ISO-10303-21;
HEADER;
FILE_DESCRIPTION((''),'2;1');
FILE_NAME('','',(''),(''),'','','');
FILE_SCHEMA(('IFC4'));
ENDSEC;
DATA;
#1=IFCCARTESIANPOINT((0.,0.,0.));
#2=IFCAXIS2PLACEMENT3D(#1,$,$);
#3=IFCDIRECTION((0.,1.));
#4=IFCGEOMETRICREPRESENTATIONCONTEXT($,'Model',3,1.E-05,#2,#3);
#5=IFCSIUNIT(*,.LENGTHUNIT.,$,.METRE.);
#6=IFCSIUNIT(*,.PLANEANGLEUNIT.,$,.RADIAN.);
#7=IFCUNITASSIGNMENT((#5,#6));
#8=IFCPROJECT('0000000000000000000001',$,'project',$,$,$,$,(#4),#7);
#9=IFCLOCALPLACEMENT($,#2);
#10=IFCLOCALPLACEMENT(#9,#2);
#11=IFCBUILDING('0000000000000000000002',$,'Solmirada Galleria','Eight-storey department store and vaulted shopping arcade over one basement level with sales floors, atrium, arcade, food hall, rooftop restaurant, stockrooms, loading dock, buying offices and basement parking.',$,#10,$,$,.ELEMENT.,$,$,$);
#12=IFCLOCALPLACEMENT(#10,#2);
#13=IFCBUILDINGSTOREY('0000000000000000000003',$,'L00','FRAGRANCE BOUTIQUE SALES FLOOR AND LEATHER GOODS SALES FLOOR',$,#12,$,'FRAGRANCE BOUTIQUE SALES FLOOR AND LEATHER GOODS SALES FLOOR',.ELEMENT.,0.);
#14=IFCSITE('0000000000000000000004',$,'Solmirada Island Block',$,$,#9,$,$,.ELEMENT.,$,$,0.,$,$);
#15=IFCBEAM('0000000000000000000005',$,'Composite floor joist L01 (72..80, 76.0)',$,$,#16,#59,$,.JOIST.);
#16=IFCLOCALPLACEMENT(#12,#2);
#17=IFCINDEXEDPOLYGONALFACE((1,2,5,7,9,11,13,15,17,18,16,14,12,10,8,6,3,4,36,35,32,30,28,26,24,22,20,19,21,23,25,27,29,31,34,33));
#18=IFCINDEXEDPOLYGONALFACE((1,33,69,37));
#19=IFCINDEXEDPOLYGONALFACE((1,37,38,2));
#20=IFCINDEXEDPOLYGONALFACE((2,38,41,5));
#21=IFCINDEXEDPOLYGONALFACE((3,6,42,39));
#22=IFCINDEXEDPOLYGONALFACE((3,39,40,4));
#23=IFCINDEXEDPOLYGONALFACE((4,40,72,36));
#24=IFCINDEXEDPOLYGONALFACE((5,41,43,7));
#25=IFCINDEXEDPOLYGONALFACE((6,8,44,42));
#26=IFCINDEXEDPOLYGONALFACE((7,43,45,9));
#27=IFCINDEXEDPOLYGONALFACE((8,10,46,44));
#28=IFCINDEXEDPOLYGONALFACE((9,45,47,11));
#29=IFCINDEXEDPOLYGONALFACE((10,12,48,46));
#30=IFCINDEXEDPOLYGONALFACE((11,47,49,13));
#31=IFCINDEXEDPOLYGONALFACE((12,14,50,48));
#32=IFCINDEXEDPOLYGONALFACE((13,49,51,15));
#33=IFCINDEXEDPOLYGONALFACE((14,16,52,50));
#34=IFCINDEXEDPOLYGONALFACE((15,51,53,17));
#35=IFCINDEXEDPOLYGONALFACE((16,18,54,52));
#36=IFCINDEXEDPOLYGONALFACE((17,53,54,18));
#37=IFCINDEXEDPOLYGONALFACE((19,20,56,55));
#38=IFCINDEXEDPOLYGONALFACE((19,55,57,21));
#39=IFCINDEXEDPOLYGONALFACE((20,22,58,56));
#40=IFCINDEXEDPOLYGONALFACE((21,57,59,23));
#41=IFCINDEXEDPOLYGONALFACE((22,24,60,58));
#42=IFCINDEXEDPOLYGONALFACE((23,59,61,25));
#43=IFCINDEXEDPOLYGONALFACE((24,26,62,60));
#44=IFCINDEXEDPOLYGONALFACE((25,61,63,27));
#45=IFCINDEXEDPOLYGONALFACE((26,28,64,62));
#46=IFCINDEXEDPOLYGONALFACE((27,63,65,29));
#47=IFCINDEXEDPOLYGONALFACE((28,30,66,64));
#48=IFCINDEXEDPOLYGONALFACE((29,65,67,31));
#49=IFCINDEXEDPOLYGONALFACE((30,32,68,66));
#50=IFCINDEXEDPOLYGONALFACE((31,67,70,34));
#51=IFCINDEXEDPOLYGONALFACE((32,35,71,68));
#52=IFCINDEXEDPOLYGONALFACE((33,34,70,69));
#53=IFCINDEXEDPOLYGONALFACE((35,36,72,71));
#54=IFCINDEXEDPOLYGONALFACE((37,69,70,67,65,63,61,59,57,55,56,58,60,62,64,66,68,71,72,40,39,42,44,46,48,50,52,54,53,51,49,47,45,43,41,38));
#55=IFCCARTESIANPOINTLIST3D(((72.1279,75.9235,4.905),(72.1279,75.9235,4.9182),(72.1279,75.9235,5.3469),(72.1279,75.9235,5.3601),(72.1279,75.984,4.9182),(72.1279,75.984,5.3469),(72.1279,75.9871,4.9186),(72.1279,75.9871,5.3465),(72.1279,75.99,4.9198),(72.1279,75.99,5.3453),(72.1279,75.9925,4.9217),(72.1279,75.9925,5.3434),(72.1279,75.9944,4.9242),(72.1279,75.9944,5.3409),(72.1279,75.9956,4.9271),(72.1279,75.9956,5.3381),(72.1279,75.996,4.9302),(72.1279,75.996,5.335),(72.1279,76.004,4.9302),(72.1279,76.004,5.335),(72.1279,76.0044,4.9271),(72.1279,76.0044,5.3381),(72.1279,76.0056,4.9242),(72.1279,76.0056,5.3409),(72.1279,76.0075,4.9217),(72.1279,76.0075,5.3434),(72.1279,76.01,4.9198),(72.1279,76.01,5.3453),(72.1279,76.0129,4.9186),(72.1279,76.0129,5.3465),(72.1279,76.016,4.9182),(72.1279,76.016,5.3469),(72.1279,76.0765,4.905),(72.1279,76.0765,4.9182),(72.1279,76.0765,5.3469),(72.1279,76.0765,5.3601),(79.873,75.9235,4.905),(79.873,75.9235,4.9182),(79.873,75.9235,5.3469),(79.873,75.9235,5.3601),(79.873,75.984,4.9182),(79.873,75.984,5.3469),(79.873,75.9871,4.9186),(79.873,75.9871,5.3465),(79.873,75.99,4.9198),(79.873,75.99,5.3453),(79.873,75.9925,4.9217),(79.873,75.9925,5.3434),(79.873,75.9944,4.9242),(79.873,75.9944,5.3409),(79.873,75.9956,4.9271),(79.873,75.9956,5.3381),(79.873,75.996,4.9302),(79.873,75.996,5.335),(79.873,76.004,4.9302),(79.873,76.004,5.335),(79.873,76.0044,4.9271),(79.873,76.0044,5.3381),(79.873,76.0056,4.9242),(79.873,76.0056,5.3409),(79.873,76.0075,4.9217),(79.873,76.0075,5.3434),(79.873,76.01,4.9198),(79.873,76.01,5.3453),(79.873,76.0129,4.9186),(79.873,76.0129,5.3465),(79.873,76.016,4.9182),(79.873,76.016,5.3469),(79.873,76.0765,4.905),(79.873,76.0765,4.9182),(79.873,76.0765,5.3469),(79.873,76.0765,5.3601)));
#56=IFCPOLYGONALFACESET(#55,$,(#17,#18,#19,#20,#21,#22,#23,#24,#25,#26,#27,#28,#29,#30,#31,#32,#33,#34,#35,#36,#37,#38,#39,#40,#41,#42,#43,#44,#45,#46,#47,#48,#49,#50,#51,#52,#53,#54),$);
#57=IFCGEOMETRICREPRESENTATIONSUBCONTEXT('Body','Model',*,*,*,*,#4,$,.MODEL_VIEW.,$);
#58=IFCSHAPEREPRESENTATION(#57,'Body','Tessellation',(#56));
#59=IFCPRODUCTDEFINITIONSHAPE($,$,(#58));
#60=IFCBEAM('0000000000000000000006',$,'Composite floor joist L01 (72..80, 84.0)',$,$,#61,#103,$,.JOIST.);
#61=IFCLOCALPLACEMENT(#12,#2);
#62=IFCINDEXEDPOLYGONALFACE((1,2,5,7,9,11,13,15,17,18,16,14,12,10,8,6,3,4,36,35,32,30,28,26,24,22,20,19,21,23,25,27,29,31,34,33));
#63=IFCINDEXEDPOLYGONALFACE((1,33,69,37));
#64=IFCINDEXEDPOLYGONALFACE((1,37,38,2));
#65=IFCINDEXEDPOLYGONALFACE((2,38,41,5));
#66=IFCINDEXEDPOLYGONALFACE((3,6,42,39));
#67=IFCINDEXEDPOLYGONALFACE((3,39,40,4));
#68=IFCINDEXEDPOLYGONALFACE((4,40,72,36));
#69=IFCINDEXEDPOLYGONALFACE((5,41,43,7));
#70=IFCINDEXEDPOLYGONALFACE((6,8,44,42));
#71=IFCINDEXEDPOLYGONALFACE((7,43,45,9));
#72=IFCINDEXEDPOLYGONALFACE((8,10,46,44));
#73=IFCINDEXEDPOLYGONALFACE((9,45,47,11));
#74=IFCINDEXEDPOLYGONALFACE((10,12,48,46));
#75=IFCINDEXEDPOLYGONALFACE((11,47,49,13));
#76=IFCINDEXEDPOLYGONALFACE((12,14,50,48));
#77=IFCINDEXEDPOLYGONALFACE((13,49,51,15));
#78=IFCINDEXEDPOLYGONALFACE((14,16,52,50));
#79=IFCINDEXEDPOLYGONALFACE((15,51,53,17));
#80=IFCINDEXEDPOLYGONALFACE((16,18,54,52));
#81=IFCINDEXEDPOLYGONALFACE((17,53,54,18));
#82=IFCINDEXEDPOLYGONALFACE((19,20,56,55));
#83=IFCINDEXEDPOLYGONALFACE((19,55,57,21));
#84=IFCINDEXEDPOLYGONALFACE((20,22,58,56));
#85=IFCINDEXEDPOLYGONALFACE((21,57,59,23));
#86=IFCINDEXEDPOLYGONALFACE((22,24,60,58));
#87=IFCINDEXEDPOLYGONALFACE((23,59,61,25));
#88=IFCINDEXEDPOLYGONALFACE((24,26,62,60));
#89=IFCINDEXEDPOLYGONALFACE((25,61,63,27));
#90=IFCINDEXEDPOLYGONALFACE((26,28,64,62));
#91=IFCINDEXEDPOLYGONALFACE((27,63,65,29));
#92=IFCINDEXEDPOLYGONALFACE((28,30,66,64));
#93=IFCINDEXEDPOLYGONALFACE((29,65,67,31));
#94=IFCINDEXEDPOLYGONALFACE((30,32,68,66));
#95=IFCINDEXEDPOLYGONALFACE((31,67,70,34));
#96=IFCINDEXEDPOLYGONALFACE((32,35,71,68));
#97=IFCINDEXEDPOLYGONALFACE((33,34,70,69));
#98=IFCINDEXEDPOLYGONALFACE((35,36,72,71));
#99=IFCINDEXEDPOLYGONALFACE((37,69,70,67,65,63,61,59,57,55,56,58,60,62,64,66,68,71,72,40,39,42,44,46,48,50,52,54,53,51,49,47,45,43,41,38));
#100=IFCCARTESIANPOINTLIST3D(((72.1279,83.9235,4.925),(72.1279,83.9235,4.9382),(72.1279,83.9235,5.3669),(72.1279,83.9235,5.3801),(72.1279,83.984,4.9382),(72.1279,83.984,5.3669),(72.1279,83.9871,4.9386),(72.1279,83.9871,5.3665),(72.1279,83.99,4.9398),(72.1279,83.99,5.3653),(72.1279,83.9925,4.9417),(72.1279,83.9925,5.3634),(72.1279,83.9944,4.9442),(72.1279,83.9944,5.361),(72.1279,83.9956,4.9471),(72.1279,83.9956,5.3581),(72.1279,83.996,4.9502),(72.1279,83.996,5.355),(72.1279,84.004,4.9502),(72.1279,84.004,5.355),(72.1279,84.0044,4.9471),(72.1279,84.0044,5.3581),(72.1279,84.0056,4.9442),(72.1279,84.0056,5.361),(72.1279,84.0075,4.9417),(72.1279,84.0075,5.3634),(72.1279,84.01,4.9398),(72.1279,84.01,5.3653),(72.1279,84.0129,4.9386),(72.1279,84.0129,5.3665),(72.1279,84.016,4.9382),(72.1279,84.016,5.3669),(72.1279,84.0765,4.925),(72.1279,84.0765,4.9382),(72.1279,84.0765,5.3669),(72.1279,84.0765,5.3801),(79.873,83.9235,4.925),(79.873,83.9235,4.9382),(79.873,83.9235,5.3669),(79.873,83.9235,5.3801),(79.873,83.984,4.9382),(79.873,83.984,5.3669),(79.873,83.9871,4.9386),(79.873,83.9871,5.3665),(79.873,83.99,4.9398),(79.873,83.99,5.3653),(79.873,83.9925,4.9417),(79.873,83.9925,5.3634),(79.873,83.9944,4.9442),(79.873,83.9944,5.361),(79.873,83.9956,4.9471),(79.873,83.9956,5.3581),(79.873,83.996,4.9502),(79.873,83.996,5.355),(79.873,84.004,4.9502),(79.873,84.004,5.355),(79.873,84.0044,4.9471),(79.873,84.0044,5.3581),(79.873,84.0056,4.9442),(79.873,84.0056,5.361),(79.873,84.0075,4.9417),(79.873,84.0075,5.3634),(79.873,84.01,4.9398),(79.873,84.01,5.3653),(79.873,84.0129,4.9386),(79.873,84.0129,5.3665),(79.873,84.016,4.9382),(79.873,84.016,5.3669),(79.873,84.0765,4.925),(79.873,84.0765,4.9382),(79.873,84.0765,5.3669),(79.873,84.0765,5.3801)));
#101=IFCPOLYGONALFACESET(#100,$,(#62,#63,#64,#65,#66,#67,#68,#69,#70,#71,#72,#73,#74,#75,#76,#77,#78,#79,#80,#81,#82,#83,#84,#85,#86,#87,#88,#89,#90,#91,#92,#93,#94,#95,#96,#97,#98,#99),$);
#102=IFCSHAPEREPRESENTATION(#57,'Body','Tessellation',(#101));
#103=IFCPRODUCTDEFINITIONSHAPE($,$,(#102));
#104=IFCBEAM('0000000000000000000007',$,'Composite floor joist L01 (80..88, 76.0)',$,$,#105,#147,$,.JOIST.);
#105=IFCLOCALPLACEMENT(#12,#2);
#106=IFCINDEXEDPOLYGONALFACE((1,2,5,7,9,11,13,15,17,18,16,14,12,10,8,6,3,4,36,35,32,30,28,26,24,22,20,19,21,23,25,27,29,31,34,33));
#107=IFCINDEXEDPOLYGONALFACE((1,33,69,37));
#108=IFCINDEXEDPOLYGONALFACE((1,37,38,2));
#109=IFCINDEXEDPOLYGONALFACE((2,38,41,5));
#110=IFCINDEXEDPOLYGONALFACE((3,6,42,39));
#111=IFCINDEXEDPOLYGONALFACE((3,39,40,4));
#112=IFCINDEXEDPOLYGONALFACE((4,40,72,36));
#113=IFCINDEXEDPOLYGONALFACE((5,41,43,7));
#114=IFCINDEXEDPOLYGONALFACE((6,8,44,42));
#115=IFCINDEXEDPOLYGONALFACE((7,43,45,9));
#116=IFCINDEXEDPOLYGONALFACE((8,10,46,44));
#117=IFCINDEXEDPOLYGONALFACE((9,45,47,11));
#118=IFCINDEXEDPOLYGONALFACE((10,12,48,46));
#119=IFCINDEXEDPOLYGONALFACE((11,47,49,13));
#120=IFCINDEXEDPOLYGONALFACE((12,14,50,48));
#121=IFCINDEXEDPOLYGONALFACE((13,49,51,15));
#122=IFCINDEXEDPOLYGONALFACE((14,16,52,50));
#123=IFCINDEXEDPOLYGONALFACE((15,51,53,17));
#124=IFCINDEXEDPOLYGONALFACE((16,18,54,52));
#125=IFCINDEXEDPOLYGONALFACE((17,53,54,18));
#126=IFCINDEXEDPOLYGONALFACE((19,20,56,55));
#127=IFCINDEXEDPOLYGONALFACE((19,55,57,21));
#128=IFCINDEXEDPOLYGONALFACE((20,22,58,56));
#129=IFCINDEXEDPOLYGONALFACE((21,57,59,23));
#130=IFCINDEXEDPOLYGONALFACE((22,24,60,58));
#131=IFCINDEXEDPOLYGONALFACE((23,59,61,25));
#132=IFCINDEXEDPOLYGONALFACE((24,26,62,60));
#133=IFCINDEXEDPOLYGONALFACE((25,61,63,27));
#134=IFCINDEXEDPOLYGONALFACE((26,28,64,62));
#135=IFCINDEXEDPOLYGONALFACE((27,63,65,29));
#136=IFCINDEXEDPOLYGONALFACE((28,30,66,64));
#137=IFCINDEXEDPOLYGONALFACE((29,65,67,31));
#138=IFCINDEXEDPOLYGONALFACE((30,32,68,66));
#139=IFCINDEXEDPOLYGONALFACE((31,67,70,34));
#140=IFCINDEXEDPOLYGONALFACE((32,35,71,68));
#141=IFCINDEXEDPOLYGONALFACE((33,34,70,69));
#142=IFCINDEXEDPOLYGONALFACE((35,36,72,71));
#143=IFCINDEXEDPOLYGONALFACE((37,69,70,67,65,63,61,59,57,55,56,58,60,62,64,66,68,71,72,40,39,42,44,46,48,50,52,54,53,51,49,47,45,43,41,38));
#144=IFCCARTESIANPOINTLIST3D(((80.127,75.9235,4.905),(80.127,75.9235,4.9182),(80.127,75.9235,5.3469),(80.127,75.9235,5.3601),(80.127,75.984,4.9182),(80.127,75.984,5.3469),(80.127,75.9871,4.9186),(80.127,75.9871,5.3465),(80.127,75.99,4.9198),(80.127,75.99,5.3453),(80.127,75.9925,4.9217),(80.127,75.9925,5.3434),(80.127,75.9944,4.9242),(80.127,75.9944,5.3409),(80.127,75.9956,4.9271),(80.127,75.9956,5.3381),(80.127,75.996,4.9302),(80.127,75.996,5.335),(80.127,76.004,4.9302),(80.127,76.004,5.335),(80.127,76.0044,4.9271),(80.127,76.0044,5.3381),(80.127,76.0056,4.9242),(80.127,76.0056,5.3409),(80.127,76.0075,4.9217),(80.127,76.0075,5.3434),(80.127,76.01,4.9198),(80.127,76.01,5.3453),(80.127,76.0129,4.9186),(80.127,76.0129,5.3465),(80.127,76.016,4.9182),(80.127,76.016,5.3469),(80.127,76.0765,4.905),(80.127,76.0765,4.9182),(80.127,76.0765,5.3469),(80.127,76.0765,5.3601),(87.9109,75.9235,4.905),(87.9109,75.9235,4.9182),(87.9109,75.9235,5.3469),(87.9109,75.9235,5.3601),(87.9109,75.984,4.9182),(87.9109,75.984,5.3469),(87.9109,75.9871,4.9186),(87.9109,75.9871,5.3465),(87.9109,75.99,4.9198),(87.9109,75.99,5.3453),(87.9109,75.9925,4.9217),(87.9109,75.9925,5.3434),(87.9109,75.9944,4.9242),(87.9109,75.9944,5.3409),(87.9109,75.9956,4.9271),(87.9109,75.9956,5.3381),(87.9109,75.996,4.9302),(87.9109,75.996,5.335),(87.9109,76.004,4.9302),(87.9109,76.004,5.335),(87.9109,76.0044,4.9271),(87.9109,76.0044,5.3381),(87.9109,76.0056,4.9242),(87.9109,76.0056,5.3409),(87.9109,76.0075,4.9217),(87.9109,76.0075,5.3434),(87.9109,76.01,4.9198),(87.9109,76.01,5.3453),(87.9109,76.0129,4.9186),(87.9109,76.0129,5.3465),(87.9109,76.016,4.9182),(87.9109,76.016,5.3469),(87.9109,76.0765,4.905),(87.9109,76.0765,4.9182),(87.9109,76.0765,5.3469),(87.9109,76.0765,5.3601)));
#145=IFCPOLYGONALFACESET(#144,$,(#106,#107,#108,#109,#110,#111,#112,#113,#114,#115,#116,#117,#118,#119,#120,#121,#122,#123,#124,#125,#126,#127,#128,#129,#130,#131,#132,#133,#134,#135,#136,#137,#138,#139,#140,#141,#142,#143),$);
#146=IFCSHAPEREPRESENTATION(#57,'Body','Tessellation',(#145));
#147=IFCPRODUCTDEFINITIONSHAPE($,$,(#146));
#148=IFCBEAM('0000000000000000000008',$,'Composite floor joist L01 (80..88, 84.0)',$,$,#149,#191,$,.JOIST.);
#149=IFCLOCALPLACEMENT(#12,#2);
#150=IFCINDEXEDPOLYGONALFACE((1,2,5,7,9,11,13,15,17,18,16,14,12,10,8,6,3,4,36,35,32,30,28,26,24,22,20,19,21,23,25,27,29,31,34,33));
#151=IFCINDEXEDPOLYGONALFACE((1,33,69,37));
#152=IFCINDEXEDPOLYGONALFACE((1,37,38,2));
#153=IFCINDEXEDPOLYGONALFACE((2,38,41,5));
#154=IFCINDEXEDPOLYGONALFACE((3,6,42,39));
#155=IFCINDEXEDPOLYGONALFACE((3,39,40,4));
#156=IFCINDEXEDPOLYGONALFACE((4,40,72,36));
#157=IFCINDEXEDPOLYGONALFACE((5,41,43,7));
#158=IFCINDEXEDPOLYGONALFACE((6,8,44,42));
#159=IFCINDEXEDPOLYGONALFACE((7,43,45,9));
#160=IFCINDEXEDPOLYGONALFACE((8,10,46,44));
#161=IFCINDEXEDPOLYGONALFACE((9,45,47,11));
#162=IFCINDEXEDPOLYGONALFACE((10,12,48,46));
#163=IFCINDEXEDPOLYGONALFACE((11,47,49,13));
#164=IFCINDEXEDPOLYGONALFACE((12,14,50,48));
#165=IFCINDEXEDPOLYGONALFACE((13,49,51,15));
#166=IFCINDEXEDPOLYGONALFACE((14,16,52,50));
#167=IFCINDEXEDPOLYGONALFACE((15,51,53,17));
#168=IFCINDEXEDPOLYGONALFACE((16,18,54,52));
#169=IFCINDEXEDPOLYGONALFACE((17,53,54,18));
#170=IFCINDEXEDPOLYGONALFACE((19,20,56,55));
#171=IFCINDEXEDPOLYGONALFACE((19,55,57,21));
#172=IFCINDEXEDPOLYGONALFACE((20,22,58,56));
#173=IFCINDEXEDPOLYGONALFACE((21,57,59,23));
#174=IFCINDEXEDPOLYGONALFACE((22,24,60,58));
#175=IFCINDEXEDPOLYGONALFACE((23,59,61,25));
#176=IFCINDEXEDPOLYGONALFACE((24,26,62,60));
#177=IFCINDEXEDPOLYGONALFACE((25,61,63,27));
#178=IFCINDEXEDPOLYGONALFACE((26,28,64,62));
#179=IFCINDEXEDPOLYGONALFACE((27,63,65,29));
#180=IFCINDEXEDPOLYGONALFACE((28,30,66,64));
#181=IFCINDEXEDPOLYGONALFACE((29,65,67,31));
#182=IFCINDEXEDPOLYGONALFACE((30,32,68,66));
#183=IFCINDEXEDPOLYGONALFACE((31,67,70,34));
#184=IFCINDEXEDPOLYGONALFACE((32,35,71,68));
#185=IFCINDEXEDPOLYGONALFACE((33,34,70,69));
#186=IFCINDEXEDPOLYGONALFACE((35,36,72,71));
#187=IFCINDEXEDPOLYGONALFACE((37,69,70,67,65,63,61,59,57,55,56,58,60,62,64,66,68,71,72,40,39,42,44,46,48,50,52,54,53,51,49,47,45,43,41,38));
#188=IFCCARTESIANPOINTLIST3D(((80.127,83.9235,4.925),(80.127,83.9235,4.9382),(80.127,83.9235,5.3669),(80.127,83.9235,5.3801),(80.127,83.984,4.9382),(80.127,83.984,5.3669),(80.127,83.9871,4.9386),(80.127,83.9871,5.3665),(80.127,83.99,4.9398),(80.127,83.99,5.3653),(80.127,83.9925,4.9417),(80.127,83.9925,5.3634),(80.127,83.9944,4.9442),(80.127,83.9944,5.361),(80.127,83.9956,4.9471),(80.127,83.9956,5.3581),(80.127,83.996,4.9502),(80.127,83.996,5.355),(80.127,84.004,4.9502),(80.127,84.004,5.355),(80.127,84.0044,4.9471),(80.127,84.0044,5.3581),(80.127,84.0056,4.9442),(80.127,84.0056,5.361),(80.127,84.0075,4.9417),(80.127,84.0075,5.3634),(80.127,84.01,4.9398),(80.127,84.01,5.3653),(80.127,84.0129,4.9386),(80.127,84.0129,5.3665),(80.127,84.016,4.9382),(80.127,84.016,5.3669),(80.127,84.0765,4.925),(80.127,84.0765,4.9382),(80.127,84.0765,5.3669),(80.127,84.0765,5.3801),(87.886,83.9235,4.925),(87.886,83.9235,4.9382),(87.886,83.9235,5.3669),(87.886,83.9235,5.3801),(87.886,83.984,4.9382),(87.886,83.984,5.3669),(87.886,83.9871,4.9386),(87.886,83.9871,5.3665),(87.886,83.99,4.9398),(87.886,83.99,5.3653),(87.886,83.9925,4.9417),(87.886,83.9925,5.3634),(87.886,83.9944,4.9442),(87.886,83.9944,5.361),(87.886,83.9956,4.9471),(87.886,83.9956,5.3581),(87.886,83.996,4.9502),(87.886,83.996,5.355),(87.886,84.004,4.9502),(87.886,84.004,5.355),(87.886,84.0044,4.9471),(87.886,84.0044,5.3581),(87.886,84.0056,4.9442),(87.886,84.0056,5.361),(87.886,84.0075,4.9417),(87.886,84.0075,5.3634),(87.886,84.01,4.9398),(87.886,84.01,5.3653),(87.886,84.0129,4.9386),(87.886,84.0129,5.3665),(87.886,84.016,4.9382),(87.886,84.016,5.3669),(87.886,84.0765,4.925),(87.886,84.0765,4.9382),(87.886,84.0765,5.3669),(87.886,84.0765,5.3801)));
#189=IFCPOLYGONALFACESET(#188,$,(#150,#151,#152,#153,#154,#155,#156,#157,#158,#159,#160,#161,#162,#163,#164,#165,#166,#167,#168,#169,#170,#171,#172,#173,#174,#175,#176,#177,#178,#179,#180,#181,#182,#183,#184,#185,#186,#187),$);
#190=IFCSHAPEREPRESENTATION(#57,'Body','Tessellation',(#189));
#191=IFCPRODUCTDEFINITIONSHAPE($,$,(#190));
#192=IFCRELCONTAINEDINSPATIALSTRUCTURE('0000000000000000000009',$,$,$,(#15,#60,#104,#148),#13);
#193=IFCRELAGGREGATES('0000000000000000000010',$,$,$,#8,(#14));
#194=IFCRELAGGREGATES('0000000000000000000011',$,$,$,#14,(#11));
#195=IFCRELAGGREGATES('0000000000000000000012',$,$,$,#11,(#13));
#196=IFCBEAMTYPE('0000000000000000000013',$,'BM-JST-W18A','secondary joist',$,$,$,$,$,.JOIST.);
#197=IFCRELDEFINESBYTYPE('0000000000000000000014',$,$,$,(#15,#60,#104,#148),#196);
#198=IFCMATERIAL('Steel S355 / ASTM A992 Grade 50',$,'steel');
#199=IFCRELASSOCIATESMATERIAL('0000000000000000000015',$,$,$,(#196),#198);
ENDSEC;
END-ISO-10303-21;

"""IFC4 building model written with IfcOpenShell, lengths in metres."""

from ifc_helpers import new_model, si_unit, direction, frame, origin, origin_2d, place, context, subcontext, project, spatial, i_section, extrude, material, material_profile, profile_set, type_object, element, save


model = new_model("IFC4")

# Units and contexts
model_context = context("Model", 3, precision=1e-05, world=origin(), true_north=direction((0.0, 1.0)))
body_context = subcontext(model_context, "Body", "Model", "MODEL_VIEW")
ifc_project = project(units=[si_unit("LENGTHUNIT", "METRE"), si_unit("PLANEANGLEUNIT", "RADIAN")], contexts=[model_context])

# Site, building, storey
site_placement = place(None, origin())
site = spatial("IfcSite", under=ifc_project, at=site_placement, Name="Solmirada Island Block", CompositionType="ELEMENT", RefElevation=0.0)
building_placement = place(site_placement, origin())
building = spatial("IfcBuilding", under=site, at=building_placement, Name="Solmirada Galleria", Description="Eight-storey department store and vaulted shopping arcade over one basement level with sales floors, atrium, arcade, food hall, rooftop restaurant, stockrooms, loading dock, buying offices and basement parking.", CompositionType="ELEMENT")
storey_placement = place(building_placement, origin())
storey = spatial("IfcBuildingStorey", under=building, at=storey_placement, Name="L00", Description="FRAGRANCE BOUTIQUE SALES FLOOR AND LEATHER GOODS SALES FLOOR", LongName="FRAGRANCE BOUTIQUE SALES FLOOR AND LEATHER GOODS SALES FLOOR", CompositionType="ELEMENT", Elevation=0.0)

# Beams
ifc_material_1 = material(Name="Steel S355 / ASTM A992 Grade 50", Category="steel")
ifc_material_profile_1 = material_profile(ifc_material_1, i_section(OverallWidth=0.1531, OverallDepth=0.4551, WebThickness=0.0081, FlangeThickness=0.0132, FilletRadius=0.012, at=origin_2d()), Name="W18X40")
ifc_profile_set_1 = profile_set([ifc_material_profile_1], Name="Steel S355 / ASTM A992 Grade 50")
beam_type_1 = type_object("IfcBeamType", Name="BM-JST-W18A", Description="secondary joist", PredefinedType="JOIST", material=ifc_profile_set_1)
for number, where, z_axis, x_axis, name in (
    (1, (72.1279, 76.0, 5.1326), (1.0, 0.0, 0.0), (0.0, 1.0, 0.0), "Composite floor joist L01 (72..80, 76.0)"),
    (2, (72.1279, 84.0, 5.1526), (1.0, 0.0, 0.0), (0.0, 1.0, 0.0), "Composite floor joist L01 (72..80, 84.0)"),
):
    element("IfcBeam", number, at=place(storey_placement, frame(where, z_axis=z_axis, x_axis=x_axis)), inside=storey, type_object=beam_type_1, Name=name, PredefinedType="JOIST", context=body_context, shape_type="SweptSolid", body=[
        extrude(i_section(OverallWidth=0.1531, OverallDepth=0.4551, WebThickness=0.0081, FlangeThickness=0.0132, FilletRadius=0.012, at=origin_2d()), origin(), (0.0, 0.0, 1.0), 7.7451),
    ])
beam_1_placement = place(storey_placement, frame((80.127, 76.0, 5.1326), z_axis=(1.0, 0.0, 0.0), x_axis=(0.0, 1.0, 0.0)))
element("IfcBeam", 3, at=beam_1_placement, inside=storey, type_object=beam_type_1, Name="Composite floor joist L01 (80..88, 76.0)", PredefinedType="JOIST", context=body_context, shape_type="SweptSolid", body=[
    extrude(i_section(OverallWidth=0.1531, OverallDepth=0.4551, WebThickness=0.0081, FlangeThickness=0.0132, FilletRadius=0.012, at=origin_2d()), origin(), (0.0, 0.0, 1.0), 7.7839),
])
beam_2_placement = place(storey_placement, frame((80.127, 84.0, 5.1526), z_axis=(1.0, 0.0, 0.0), x_axis=(0.0, 1.0, 0.0)))
element("IfcBeam", 4, at=beam_2_placement, inside=storey, type_object=beam_type_1, Name="Composite floor joist L01 (80..88, 84.0)", PredefinedType="JOIST", context=body_context, shape_type="SweptSolid", body=[
    extrude(i_section(OverallWidth=0.1531, OverallDepth=0.4551, WebThickness=0.0081, FlangeThickness=0.0132, FilletRadius=0.012, at=origin_2d()), origin(), (0.0, 0.0, 1.0), 7.759),
])

save(model, "model.ifc")
